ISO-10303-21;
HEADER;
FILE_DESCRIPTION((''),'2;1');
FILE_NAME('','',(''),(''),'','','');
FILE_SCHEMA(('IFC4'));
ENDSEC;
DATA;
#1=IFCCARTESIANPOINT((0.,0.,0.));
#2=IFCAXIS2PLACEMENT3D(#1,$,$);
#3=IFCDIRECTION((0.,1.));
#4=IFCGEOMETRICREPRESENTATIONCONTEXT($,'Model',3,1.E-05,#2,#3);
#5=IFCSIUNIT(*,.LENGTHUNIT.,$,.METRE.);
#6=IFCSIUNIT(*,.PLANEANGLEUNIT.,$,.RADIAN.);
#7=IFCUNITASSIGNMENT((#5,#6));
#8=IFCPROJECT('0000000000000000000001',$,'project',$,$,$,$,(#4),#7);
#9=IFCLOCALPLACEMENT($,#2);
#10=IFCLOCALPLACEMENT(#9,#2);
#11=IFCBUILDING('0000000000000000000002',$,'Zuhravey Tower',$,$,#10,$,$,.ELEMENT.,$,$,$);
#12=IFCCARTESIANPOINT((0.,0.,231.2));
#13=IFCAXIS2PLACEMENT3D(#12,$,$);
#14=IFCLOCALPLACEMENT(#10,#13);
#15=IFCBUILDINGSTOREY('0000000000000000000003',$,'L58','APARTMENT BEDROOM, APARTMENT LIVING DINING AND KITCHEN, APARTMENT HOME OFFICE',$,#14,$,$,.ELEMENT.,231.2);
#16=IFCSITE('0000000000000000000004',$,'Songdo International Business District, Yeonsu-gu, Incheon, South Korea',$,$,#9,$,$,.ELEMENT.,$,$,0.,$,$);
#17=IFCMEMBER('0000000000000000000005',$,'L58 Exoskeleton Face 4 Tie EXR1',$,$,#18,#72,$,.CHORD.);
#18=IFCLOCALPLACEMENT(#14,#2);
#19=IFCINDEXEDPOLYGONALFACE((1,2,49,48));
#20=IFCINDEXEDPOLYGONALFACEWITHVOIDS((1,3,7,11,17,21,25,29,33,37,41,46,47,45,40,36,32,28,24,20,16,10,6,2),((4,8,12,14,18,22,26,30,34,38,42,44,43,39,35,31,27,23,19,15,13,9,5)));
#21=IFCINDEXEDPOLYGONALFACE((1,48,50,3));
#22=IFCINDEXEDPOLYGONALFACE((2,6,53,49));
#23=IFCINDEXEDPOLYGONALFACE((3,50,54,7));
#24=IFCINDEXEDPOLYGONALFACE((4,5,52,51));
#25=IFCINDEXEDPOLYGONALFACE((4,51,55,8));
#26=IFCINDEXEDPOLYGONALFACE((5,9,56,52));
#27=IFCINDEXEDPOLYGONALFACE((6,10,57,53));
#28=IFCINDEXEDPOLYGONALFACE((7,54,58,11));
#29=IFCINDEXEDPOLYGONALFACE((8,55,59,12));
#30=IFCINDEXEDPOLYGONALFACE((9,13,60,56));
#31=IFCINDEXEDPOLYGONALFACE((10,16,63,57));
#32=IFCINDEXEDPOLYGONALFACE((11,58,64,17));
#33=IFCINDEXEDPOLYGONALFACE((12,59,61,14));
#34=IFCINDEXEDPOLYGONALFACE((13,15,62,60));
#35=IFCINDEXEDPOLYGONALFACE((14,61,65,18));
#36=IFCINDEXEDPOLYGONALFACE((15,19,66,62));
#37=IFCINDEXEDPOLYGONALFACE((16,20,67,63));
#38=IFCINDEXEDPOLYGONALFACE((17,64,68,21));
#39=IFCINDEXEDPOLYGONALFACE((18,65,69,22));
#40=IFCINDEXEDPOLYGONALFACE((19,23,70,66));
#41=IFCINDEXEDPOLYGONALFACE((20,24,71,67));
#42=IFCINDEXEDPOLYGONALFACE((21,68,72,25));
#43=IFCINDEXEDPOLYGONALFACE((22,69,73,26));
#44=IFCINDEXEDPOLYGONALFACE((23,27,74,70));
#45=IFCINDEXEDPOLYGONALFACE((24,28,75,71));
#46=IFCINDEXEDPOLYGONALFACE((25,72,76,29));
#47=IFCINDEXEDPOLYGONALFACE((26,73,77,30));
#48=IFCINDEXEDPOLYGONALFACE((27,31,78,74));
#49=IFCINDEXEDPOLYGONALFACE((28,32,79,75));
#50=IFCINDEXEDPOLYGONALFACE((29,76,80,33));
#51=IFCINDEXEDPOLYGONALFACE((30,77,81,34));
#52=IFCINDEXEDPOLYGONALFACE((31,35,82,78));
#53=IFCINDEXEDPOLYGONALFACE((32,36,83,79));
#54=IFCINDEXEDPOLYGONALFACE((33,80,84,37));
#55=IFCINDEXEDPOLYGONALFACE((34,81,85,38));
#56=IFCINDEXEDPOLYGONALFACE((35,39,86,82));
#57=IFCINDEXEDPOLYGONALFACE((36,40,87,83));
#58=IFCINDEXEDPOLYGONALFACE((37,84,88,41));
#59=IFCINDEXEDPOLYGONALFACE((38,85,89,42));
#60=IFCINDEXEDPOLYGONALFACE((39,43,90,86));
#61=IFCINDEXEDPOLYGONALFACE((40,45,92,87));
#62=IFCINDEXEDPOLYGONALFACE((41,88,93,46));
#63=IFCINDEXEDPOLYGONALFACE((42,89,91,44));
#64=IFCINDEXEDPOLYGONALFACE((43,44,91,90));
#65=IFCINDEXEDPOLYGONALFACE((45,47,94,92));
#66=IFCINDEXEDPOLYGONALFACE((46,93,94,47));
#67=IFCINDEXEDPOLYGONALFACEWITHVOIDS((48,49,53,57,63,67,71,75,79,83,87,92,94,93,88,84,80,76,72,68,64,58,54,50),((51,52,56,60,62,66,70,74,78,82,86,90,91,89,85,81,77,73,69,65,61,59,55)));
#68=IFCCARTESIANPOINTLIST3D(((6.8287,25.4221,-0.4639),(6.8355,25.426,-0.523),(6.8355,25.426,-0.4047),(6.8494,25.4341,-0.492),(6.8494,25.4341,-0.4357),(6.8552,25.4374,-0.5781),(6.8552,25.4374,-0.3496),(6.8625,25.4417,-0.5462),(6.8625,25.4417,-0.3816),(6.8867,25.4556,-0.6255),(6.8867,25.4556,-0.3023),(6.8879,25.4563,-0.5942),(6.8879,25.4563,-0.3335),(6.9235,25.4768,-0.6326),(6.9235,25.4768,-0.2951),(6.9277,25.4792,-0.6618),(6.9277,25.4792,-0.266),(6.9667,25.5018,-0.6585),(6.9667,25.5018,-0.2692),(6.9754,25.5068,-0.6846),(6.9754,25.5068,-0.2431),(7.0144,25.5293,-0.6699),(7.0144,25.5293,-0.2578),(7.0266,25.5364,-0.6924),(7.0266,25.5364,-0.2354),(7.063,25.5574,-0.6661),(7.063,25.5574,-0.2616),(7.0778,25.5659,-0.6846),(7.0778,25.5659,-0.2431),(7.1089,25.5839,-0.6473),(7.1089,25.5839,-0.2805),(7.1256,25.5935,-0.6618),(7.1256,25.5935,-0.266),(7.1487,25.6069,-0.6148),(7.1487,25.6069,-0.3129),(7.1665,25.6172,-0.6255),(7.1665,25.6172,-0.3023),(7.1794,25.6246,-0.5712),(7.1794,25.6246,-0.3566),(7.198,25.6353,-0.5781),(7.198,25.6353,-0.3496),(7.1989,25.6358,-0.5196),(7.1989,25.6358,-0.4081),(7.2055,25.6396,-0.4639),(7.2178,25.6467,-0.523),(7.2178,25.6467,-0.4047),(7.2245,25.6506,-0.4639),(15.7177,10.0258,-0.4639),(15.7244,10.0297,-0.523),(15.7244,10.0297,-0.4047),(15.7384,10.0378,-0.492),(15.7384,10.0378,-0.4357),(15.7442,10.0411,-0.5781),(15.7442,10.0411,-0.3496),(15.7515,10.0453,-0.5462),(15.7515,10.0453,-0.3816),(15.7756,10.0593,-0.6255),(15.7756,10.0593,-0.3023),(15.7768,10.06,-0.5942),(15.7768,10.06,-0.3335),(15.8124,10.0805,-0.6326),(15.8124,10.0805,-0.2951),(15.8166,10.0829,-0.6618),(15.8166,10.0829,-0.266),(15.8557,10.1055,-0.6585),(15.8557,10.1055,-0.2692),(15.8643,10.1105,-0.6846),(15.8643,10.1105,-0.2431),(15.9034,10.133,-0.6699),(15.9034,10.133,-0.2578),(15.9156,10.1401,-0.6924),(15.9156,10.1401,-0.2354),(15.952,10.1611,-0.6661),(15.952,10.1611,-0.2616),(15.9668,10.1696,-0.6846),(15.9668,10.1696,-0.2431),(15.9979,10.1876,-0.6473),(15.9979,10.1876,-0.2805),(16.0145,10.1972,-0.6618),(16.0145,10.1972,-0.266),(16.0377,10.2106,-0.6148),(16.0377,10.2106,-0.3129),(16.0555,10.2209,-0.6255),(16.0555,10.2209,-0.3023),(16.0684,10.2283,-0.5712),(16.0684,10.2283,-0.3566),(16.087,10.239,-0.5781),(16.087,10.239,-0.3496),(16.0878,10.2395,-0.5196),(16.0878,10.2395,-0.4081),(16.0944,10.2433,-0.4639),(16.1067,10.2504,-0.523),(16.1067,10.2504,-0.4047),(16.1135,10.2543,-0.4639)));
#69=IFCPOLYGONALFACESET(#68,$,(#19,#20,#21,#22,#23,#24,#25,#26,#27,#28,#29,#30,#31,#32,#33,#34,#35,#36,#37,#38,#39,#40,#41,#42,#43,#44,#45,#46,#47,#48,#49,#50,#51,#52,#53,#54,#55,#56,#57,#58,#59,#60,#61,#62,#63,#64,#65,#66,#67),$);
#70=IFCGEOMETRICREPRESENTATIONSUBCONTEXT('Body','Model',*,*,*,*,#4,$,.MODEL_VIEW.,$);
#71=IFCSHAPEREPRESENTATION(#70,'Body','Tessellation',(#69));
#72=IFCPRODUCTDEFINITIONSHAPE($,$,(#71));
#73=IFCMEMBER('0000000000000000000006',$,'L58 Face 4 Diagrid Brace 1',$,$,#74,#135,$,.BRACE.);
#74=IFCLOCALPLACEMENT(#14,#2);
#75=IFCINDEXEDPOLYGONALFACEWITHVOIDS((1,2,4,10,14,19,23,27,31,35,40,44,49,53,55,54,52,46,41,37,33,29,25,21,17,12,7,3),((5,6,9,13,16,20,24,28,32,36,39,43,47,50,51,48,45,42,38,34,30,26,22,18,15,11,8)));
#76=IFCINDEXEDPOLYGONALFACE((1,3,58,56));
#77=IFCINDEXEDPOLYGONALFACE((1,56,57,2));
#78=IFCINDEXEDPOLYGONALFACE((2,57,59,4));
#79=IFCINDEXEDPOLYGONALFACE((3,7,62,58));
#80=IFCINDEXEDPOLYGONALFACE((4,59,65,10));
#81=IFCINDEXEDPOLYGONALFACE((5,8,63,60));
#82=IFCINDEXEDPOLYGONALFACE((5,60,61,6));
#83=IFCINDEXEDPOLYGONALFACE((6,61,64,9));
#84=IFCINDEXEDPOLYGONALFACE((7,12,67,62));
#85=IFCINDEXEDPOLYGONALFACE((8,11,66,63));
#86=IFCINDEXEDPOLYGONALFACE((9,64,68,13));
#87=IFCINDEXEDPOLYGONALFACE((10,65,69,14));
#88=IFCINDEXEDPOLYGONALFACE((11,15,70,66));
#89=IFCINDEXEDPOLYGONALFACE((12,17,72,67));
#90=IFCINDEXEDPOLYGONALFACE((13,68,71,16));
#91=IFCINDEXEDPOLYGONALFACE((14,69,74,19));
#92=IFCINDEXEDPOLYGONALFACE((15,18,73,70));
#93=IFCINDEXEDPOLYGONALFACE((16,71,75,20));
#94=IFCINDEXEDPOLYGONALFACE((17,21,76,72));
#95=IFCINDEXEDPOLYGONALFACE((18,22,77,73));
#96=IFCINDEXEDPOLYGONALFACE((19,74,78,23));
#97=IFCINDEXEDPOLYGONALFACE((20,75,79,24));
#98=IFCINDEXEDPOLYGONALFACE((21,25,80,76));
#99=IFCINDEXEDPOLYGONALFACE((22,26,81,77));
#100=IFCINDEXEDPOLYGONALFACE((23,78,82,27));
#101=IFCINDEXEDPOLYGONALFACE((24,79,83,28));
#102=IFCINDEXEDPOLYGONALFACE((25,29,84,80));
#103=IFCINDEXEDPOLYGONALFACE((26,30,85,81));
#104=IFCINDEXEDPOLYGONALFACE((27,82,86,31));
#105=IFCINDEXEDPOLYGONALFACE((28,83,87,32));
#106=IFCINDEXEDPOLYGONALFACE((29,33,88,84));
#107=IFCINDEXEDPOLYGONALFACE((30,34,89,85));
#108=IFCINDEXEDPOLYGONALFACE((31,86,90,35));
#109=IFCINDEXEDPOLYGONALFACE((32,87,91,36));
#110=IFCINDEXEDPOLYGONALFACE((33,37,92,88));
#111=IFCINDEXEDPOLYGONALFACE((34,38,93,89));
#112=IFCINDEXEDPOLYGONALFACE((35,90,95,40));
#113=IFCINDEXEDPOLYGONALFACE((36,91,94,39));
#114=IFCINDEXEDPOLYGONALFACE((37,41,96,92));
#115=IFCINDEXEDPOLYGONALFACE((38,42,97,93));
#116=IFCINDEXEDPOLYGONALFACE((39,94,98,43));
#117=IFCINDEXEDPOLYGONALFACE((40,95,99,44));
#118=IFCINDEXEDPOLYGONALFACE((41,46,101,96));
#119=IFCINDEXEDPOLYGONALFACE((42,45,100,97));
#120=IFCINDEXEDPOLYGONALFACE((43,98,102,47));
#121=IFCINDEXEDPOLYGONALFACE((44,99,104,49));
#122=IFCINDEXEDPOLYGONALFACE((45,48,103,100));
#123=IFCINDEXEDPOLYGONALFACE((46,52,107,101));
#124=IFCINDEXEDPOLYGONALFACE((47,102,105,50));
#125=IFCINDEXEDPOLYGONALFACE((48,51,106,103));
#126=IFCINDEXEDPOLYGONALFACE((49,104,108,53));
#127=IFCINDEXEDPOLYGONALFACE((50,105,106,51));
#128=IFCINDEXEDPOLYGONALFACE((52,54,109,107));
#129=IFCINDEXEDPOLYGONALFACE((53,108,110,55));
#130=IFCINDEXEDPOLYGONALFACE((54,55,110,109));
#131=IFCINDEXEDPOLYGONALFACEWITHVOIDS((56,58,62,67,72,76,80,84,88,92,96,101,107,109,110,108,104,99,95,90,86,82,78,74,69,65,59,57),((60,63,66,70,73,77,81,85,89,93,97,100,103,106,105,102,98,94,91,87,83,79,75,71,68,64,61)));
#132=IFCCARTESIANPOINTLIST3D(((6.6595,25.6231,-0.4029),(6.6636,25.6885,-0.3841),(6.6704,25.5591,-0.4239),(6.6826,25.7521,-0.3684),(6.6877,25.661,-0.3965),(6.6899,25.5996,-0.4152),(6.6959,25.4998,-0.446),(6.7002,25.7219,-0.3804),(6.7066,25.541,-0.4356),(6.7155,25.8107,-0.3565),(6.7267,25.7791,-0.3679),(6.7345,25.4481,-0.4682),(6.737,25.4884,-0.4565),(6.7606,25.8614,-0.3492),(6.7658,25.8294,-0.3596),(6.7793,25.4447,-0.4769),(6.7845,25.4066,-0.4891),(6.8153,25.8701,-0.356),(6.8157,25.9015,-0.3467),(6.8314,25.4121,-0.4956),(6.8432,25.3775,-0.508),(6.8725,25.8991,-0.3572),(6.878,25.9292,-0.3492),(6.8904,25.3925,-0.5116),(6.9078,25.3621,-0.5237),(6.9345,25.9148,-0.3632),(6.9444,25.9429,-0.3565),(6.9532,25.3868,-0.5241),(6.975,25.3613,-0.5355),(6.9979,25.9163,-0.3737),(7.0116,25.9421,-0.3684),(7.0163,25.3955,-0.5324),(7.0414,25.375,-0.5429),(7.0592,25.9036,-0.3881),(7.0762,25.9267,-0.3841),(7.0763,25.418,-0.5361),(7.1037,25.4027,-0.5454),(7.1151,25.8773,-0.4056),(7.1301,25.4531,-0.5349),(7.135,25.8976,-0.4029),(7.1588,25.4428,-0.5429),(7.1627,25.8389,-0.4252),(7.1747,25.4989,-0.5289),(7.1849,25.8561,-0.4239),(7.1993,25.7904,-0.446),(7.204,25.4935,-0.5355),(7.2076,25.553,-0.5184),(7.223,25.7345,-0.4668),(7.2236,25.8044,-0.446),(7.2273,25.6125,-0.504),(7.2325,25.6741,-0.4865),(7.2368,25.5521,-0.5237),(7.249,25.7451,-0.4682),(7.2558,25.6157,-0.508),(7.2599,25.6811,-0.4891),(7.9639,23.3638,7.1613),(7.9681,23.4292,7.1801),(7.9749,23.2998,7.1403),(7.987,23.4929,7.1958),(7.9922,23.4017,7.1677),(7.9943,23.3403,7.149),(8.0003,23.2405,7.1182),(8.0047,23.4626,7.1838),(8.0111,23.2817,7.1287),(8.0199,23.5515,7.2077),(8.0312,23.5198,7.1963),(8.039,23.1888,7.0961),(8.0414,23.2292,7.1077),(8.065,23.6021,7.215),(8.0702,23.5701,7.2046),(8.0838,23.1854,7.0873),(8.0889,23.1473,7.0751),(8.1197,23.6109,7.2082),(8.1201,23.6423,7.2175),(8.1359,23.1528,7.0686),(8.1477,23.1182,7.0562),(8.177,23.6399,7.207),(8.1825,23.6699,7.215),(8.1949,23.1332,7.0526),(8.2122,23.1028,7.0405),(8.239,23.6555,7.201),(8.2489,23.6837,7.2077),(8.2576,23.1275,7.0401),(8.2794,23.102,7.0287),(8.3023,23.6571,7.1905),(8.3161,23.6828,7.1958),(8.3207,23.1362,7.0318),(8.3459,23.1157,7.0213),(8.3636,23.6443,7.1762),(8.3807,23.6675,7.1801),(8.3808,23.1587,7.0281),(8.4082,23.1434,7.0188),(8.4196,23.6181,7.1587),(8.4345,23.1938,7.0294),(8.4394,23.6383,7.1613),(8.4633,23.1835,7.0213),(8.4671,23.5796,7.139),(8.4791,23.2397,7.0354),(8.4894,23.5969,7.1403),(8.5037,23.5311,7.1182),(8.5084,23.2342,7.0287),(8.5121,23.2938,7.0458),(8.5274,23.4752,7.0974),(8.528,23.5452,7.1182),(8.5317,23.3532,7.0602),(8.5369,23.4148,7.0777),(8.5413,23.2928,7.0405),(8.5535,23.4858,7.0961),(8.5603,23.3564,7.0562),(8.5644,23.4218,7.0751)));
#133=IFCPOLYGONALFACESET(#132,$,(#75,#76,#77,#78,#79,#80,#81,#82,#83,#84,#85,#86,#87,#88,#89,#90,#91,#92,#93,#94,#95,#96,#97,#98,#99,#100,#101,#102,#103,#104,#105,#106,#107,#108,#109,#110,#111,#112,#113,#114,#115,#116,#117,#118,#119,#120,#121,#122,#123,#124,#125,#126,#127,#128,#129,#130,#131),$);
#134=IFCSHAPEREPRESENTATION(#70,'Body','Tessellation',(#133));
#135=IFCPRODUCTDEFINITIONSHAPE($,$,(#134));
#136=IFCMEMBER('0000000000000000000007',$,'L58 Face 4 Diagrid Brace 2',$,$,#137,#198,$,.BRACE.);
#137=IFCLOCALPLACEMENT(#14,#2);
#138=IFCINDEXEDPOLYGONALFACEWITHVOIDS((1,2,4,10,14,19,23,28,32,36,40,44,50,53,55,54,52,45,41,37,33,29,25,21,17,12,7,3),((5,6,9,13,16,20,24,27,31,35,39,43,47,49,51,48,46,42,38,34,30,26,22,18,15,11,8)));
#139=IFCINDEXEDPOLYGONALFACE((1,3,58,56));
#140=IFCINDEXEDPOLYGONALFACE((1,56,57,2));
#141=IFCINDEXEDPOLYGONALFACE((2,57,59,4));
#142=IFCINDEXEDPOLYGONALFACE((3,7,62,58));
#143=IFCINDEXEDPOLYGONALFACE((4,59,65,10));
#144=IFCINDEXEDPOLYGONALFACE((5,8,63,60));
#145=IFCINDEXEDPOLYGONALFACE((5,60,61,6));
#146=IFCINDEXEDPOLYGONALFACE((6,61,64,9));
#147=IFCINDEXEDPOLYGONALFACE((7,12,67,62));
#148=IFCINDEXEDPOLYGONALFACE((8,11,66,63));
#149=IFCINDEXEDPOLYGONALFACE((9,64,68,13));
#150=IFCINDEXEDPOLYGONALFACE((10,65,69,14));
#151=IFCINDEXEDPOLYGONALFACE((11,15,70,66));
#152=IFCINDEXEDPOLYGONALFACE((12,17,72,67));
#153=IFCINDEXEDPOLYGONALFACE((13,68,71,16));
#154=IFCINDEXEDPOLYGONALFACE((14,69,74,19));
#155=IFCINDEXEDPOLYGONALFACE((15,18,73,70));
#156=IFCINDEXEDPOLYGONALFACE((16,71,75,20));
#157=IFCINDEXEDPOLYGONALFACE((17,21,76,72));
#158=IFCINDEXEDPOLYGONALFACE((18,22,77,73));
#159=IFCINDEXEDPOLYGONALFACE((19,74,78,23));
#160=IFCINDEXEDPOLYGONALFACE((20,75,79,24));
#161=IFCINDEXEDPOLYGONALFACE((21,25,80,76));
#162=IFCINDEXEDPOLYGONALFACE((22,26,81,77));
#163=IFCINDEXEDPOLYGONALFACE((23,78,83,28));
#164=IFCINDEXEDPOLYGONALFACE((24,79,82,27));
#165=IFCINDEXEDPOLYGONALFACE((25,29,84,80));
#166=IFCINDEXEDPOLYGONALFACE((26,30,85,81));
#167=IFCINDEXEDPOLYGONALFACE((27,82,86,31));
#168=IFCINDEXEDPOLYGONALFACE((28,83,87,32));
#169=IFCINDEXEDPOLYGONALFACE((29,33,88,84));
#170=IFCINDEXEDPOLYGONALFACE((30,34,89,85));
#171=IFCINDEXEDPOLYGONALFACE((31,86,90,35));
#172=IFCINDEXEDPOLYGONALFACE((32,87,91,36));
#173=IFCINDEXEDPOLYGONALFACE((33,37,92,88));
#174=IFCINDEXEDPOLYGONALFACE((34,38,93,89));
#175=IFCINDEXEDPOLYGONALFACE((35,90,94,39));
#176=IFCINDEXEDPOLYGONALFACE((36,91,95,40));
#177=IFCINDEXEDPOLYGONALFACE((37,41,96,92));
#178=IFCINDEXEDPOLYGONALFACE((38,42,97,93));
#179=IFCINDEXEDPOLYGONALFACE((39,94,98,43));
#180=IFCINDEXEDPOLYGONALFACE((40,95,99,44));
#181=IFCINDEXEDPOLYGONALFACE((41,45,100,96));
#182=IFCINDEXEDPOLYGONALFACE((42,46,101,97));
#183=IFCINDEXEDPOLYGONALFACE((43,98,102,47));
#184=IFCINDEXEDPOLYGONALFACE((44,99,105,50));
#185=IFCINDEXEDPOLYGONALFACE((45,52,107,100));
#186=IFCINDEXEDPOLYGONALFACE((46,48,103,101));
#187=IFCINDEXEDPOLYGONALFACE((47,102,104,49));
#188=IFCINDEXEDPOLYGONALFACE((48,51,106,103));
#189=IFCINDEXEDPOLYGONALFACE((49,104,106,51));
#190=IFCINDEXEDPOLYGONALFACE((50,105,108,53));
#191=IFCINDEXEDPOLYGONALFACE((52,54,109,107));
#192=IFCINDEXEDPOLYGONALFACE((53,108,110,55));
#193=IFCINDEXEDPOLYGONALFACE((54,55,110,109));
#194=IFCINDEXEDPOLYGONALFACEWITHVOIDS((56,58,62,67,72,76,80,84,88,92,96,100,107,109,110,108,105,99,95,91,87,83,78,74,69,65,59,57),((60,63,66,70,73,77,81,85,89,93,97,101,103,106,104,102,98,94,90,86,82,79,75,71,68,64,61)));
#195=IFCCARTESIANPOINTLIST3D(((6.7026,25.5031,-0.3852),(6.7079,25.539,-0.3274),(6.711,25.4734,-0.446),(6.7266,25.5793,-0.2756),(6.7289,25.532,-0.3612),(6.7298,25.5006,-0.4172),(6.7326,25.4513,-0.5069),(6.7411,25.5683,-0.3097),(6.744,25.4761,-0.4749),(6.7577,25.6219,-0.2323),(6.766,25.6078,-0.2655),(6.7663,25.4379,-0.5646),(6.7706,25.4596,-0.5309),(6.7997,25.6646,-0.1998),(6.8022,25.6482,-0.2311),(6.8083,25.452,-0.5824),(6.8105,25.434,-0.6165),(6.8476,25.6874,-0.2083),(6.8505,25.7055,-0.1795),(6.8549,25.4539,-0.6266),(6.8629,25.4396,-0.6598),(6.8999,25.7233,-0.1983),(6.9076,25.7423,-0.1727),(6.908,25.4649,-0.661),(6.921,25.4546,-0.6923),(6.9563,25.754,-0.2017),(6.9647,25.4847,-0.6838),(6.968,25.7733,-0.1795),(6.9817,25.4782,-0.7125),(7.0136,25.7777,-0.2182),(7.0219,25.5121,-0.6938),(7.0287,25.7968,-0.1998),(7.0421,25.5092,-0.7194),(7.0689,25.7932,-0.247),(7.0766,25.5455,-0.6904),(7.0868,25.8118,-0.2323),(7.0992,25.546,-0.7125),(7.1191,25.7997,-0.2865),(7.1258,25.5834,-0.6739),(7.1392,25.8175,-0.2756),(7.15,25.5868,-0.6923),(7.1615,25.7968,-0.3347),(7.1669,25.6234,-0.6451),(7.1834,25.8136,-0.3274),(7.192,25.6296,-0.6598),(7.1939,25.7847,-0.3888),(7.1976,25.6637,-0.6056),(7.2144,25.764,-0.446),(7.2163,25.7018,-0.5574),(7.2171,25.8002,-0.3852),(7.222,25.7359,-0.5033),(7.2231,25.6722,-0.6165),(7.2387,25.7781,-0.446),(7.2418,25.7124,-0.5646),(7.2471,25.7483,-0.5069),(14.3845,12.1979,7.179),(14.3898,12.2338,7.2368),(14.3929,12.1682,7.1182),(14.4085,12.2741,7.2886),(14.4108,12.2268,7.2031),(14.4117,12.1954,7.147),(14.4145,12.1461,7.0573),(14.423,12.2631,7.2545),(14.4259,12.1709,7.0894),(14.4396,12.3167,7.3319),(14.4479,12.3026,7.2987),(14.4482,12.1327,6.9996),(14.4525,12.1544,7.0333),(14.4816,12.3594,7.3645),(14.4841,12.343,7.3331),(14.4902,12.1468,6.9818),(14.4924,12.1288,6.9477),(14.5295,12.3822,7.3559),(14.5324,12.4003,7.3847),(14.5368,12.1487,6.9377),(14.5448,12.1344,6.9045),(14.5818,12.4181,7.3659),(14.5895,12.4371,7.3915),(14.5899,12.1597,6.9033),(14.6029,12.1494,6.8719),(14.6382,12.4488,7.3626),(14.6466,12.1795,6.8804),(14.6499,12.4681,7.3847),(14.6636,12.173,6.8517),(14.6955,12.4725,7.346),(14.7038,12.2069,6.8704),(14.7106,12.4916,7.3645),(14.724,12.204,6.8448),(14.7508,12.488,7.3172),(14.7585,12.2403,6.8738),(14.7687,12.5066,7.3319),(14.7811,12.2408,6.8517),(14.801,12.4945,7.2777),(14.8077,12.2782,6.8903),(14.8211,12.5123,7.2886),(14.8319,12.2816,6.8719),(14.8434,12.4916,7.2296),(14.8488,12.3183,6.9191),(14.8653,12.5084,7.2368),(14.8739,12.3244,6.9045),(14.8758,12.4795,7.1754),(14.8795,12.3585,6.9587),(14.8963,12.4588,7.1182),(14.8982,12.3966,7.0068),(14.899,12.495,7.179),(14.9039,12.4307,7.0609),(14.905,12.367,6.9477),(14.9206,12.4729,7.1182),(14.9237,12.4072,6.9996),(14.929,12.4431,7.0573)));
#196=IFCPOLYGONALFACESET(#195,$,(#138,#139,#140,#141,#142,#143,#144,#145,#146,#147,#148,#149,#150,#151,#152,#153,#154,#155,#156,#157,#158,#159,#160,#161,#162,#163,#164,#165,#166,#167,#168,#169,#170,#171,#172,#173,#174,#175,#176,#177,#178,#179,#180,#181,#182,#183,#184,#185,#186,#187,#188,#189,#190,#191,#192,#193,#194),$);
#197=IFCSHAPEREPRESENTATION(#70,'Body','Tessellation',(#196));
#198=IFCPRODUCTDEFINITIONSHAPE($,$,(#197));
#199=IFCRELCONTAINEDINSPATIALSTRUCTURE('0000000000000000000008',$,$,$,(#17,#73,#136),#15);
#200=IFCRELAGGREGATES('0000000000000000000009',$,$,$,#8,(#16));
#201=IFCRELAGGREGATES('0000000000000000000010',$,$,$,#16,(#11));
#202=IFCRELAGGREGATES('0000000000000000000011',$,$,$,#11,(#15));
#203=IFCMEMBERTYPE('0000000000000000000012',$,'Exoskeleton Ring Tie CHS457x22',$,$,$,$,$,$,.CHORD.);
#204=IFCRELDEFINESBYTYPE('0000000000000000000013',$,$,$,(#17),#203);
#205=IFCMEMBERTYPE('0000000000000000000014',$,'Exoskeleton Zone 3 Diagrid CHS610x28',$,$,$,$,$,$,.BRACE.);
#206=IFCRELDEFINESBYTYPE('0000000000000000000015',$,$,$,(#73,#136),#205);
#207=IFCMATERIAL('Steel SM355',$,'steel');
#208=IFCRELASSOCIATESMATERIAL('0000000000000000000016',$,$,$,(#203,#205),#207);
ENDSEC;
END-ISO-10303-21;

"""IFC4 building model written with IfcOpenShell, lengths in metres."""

from ifc_helpers import new_model, si_unit, direction, frame, origin, origin_2d, place, context, subcontext, project, spatial, hollow_circle, extrude, material, material_profile, profile_set, type_object, element, save


model = new_model("IFC4")

# Units and contexts
model_context = context("Model", 3, precision=1e-05, world=origin(), true_north=direction((0.0, 1.0)))
body_context = subcontext(model_context, "Body", "Model", "MODEL_VIEW")
ifc_project = project(units=[si_unit("LENGTHUNIT", "METRE"), si_unit("PLANEANGLEUNIT", "RADIAN")], contexts=[model_context])

# Site, building, storey
site_placement = place(None, origin())
site = spatial("IfcSite", under=ifc_project, at=site_placement, Name="Songdo International Business District, Yeonsu-gu, Incheon, South Korea", CompositionType="ELEMENT", RefElevation=0.0)
building_placement = place(site_placement, origin())
building = spatial("IfcBuilding", under=site, at=building_placement, Name="Zuhravey Tower", CompositionType="ELEMENT")
storey_placement = place(building_placement, frame((0.0, 0.0, 231.2)))
storey = spatial("IfcBuildingStorey", under=building, at=storey_placement, Name="L58", Description="APARTMENT BEDROOM, APARTMENT LIVING DINING AND KITCHEN, APARTMENT HOME OFFICE", CompositionType="ELEMENT", Elevation=231.2)

# Members
ifc_material_1 = material(Name="Steel SM355", Category="steel")
ifc_material_profile_1 = material_profile(ifc_material_1, hollow_circle(Radius=0.2285, WallThickness=0.022, at=origin_2d()), Name="CHS-457.2x22")
ifc_profile_set_1 = profile_set([ifc_material_profile_1], Name="Steel SM355")
member_type_1 = type_object("IfcMemberType", Name="Exoskeleton Ring Tie CHS457x22", PredefinedType="CHORD", material=ifc_profile_set_1)
member_1_placement = place(storey_placement, frame((7.0266, 25.5364, -0.4639), z_axis=(0.499995, -0.866028, 0.0), x_axis=(0.866028, 0.499995, 0.0)))
element("IfcMember", 1, at=member_1_placement, inside=storey, type_object=member_type_1, Name="L58 Exoskeleton Face 4 Tie EXR1", PredefinedType="CHORD", context=body_context, shape_type="SweptSolid", body=[
    extrude(hollow_circle(Radius=0.2285, WallThickness=0.022, at=origin_2d()), origin(), (0.0, 0.0, 1.0), 17.7781),
])
ifc_material_profile_2 = material_profile(ifc_material_1, hollow_circle(Radius=0.3047, WallThickness=0.0281, at=origin_2d()), Name="CHS-609.6x28")
ifc_profile_set_2 = profile_set([ifc_material_profile_2], Name="Steel SM355")
member_type_2 = type_object("IfcMemberType", Name="Exoskeleton Zone 3 Diagrid CHS610x28", PredefinedType="BRACE", material=ifc_profile_set_2)
member_2_placement = place(storey_placement, frame((6.9597, 25.6521, -0.446), z_axis=(0.163026, -0.282359, 0.945355), x_axis=(0.866017, 0.500014, 0.0)))
element("IfcMember", 2, at=member_2_placement, inside=storey, type_object=member_type_2, Name="L58 Face 4 Diagrid Brace 1", PredefinedType="BRACE", context=body_context, shape_type="SweptSolid", body=[
    extrude(hollow_circle(Radius=0.3047, WallThickness=0.0281, at=origin_2d()), origin(), (0.0, 0.0, 1.0), 8.0015),
])
member_3_placement = place(storey_placement, frame((6.9749, 25.6257, -0.446), z_axis=(0.448584, -0.776957, 0.441713), x_axis=(0.866022, 0.500007, 0.0)))
element("IfcMember", 3, at=member_3_placement, inside=storey, type_object=member_type_2, Name="L58 Face 4 Diagrid Brace 2", PredefinedType="BRACE", context=body_context, shape_type="SweptSolid", body=[
    extrude(hollow_circle(Radius=0.3047, WallThickness=0.0281, at=origin_2d()), origin(), (0.0, 0.0, 1.0), 17.1248),
])

save(model, "model.ifc")
